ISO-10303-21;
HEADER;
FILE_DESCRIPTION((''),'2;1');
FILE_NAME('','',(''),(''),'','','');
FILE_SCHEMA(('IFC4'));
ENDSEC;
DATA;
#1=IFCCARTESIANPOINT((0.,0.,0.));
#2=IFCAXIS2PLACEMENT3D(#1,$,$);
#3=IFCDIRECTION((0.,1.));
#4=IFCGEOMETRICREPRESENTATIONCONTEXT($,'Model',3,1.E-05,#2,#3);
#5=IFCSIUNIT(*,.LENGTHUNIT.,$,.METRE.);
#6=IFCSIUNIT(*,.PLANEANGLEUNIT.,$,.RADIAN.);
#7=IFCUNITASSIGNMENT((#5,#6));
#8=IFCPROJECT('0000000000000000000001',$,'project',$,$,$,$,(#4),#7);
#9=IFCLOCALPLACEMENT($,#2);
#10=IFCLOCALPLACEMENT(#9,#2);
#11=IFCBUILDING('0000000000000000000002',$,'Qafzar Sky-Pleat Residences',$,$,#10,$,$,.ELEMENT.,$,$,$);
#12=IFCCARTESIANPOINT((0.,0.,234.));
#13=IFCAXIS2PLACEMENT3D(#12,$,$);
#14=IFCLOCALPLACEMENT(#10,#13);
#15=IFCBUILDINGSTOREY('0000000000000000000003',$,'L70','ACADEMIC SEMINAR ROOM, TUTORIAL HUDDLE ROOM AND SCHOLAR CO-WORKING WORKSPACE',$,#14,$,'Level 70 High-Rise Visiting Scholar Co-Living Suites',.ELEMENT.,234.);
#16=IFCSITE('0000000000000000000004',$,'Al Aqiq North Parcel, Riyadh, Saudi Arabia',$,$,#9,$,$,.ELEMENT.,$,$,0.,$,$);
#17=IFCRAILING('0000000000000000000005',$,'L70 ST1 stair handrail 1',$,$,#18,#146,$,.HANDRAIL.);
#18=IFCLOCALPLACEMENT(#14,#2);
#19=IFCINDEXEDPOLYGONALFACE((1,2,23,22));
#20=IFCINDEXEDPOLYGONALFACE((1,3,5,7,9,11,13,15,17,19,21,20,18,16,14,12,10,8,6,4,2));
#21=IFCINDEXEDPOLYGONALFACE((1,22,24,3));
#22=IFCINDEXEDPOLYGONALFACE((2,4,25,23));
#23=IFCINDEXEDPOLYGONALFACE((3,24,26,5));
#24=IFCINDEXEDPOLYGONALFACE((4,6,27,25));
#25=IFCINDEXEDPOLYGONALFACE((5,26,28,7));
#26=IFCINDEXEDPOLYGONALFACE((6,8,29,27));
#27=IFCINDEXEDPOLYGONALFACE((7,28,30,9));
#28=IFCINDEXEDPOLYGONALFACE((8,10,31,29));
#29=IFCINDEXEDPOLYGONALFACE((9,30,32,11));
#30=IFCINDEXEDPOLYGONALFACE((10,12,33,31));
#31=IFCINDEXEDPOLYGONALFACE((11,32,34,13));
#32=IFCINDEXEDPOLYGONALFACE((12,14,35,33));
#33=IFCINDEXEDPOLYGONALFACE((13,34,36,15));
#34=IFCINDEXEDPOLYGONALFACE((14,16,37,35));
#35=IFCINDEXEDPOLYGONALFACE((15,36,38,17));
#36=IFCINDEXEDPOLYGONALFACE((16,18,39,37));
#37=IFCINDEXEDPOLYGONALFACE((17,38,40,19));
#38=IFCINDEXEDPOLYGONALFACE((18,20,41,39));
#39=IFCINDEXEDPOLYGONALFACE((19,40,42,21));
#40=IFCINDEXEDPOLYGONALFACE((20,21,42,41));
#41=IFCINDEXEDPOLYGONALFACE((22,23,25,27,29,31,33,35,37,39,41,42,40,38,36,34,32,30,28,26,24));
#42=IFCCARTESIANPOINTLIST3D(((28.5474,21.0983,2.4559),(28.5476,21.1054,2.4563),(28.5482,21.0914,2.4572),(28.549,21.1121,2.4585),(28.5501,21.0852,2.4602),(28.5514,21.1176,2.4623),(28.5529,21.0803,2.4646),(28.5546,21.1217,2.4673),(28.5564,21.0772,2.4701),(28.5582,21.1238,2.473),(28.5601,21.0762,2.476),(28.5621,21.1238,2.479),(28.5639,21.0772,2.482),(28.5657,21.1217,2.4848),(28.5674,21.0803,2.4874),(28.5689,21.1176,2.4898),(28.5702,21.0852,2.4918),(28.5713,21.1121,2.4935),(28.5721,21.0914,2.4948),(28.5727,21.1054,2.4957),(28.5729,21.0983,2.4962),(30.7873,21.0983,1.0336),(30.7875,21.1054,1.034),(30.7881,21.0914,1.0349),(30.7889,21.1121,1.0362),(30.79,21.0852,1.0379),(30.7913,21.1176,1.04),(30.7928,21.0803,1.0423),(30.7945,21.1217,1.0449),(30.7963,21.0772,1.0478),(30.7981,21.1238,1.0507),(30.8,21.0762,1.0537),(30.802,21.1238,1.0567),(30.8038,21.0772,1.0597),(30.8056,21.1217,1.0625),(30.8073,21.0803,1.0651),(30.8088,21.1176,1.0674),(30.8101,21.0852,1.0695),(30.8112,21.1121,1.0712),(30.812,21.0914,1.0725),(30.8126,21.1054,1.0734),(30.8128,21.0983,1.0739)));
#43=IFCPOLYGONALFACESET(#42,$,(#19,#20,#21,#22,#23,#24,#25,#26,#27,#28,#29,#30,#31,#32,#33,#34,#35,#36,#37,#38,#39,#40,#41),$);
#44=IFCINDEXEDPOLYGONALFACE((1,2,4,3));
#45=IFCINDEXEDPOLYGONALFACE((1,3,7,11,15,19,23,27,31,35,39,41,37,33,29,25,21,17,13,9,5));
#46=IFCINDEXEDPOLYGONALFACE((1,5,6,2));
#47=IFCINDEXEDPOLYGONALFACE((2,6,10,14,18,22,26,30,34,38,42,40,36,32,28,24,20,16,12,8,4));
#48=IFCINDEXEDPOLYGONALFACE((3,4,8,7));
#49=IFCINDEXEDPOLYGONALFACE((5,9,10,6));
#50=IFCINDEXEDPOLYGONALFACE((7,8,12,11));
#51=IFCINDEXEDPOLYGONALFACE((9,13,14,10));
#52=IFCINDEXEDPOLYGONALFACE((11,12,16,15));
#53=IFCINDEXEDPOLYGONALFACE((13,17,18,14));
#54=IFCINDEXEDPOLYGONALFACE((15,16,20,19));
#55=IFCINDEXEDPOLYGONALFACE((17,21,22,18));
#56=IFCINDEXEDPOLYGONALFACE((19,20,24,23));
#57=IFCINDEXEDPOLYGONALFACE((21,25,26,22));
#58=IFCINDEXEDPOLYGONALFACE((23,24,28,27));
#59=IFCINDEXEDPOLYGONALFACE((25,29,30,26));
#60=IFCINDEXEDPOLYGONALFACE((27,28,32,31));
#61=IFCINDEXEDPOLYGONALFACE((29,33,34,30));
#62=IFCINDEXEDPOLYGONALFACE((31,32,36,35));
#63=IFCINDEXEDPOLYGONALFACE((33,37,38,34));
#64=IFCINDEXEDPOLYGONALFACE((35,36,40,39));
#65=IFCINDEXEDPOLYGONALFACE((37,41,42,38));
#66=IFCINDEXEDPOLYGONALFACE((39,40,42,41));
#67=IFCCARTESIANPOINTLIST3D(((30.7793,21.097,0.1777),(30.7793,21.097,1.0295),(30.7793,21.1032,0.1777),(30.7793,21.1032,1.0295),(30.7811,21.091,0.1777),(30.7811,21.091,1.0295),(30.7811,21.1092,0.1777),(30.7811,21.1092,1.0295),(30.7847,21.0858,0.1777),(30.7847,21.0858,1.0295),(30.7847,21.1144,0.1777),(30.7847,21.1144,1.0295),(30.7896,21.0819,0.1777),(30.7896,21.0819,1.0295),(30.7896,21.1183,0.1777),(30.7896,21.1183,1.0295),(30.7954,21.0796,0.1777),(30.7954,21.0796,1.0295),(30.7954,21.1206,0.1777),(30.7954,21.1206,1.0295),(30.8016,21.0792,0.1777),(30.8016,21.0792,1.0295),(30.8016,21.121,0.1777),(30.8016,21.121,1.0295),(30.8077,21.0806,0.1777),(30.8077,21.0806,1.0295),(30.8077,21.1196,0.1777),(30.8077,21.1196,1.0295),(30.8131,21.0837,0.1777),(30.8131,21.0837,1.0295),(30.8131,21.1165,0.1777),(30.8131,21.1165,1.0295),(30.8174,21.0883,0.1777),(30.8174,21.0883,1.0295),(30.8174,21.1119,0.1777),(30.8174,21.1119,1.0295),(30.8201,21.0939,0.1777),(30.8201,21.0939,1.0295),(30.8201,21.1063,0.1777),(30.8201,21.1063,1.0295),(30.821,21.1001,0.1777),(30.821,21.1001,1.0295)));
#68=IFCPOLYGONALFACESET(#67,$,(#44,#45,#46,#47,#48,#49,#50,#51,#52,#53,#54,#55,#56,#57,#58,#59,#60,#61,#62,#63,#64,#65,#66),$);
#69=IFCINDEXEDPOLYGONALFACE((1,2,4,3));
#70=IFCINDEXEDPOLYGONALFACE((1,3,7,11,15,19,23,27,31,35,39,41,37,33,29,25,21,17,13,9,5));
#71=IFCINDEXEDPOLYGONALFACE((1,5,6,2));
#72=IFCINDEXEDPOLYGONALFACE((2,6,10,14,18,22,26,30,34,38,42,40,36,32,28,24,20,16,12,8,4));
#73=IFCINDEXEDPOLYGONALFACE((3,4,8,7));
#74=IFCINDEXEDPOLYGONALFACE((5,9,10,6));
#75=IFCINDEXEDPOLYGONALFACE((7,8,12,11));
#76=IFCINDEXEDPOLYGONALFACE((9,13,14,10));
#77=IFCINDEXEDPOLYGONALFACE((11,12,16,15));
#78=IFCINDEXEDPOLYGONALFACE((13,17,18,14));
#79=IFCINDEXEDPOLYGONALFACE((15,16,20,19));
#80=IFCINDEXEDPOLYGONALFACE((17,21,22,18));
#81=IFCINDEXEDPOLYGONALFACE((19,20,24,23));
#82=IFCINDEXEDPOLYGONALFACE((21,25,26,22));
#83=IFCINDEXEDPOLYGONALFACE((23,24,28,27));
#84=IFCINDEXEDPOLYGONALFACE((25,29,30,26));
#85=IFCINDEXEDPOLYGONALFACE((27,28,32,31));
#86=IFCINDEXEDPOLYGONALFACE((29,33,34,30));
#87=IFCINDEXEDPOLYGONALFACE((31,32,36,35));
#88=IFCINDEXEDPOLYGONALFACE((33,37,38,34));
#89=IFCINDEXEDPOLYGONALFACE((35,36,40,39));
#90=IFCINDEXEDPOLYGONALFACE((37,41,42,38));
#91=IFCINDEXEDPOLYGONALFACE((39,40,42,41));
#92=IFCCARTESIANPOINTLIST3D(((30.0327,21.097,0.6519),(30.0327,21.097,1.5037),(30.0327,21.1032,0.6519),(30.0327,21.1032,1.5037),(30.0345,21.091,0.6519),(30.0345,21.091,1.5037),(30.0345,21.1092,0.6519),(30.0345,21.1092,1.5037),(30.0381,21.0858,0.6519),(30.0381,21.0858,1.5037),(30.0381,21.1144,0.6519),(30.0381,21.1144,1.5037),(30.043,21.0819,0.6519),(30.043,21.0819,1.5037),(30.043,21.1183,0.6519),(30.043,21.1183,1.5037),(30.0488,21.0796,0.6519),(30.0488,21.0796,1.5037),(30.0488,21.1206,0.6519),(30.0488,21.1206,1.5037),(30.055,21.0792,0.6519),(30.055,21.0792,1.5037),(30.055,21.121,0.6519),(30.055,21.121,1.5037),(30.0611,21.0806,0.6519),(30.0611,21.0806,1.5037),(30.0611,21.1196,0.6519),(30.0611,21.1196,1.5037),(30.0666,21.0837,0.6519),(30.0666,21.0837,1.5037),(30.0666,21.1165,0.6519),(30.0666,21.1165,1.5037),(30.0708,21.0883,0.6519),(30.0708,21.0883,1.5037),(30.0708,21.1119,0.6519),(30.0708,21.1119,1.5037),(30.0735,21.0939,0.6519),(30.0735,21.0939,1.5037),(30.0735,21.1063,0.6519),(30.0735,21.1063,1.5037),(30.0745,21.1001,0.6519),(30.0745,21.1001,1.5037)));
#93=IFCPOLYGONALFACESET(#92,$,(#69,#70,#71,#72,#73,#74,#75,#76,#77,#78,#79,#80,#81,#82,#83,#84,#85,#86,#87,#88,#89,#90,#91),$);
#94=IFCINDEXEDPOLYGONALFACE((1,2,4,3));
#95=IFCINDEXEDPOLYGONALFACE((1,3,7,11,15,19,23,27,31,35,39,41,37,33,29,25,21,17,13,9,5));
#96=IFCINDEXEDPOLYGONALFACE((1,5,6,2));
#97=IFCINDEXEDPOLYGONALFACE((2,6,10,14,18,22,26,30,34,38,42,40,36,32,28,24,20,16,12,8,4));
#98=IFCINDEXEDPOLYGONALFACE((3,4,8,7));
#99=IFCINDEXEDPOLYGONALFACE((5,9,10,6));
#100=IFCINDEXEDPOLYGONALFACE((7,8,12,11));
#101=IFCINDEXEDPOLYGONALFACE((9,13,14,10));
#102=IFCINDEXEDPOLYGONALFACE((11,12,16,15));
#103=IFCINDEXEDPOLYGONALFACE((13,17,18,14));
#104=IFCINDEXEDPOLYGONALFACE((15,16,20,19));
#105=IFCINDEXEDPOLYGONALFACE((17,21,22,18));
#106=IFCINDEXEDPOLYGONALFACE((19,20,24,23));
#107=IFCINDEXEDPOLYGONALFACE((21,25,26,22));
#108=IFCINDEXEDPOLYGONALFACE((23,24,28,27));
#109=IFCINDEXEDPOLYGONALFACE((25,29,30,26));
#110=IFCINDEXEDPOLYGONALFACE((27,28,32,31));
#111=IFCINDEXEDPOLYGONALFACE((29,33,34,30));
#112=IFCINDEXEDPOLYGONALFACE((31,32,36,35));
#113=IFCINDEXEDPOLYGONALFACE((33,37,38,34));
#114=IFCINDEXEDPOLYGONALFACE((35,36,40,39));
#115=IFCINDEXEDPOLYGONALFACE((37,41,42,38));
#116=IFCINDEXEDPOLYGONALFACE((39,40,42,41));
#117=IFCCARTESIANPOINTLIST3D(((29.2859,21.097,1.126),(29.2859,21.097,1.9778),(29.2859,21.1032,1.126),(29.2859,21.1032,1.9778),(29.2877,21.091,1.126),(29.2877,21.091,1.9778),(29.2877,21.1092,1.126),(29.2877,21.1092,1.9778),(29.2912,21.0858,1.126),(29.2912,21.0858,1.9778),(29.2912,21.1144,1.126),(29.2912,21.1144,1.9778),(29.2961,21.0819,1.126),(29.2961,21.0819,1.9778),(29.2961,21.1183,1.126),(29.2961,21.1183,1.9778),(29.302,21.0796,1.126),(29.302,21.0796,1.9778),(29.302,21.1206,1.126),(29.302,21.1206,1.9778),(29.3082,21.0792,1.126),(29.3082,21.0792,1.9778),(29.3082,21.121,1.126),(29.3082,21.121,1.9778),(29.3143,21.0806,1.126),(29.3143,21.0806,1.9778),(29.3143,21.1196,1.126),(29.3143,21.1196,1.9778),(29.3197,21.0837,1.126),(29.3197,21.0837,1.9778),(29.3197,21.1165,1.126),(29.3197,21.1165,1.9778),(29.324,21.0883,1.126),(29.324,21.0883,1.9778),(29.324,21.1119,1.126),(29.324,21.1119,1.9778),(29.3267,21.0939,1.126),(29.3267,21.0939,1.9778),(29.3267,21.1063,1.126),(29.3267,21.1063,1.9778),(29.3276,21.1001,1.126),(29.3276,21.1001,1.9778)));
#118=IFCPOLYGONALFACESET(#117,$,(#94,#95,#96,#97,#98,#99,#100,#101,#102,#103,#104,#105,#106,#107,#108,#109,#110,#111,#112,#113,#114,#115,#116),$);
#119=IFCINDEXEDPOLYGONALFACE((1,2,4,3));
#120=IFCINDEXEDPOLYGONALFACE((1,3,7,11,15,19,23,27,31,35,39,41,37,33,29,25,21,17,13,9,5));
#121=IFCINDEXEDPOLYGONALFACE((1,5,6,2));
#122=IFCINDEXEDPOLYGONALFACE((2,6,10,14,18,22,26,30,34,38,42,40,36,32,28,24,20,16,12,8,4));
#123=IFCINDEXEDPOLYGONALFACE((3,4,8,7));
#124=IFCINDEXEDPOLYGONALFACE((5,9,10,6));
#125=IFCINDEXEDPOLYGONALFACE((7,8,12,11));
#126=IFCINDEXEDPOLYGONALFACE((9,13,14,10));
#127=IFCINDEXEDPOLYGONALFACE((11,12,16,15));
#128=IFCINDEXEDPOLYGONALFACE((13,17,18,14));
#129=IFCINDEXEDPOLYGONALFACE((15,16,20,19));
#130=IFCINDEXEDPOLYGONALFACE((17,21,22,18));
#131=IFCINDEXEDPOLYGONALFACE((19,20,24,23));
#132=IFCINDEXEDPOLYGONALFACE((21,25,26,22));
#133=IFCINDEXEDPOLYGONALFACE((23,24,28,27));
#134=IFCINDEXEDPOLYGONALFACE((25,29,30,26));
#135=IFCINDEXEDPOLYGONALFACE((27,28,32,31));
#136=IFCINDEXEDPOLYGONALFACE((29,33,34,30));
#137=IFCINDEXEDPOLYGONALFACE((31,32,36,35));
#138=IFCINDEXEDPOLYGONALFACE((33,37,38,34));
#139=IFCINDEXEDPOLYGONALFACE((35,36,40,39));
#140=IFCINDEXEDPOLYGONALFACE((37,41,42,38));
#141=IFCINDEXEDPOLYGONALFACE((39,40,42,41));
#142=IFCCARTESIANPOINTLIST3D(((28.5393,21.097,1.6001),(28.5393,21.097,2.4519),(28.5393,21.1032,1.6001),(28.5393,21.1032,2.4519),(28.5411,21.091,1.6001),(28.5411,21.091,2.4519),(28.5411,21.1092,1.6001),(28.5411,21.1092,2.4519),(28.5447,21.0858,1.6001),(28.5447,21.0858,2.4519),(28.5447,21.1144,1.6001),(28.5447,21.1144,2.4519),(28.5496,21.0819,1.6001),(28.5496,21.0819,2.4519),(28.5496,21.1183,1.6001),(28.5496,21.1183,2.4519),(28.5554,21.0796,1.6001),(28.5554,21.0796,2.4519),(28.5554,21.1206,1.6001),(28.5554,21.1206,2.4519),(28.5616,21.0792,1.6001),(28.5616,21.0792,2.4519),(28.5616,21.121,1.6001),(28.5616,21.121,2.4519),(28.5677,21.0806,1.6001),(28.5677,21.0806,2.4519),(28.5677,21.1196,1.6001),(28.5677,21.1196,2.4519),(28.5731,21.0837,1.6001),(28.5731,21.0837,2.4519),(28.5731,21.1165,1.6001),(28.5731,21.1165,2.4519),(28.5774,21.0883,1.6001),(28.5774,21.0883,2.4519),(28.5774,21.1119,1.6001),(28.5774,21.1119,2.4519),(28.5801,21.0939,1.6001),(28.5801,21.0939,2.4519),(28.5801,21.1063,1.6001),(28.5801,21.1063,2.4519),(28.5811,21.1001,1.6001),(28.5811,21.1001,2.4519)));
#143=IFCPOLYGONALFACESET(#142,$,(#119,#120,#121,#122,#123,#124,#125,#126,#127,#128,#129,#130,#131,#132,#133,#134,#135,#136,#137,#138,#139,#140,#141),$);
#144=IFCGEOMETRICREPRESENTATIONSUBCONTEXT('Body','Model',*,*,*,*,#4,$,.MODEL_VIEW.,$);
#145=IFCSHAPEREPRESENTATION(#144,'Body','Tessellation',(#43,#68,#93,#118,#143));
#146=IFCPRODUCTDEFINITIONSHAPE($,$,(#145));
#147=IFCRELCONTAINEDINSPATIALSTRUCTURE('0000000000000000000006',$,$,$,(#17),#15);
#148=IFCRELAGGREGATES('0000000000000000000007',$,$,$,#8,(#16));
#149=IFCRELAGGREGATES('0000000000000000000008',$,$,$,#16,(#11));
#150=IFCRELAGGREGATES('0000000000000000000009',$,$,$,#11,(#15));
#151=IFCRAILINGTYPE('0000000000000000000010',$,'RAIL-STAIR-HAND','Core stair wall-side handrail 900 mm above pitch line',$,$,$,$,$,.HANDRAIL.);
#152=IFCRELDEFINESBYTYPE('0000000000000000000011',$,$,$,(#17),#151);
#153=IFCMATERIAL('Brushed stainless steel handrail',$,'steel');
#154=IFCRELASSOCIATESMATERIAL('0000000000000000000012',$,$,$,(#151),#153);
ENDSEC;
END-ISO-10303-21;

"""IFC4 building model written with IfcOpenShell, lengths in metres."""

from ifc_helpers import new_model, si_unit, direction, frame, origin, origin_2d, place, context, subcontext, project, spatial, circle, extrude, source, transform, mapped, material, type_object, element, save


model = new_model("IFC4")

# Units and contexts
model_context = context("Model", 3, precision=1e-05, world=origin(), true_north=direction((0.0, 1.0)))
body_context = subcontext(model_context, "Body", "Model", "MODEL_VIEW")
ifc_project = project(units=[si_unit("LENGTHUNIT", "METRE"), si_unit("PLANEANGLEUNIT", "RADIAN")], contexts=[model_context])

# Site, building, storey
site_placement = place(None, origin())
site = spatial("IfcSite", under=ifc_project, at=site_placement, Name="Al Aqiq North Parcel, Riyadh, Saudi Arabia", CompositionType="ELEMENT", RefElevation=0.0)
building_placement = place(site_placement, origin())
building = spatial("IfcBuilding", under=site, at=building_placement, Name="Qafzar Sky-Pleat Residences", CompositionType="ELEMENT")
storey_placement = place(building_placement, frame((0.0, 0.0, 234.0)))
storey = spatial("IfcBuildingStorey", under=building, at=storey_placement, Name="L70", Description="ACADEMIC SEMINAR ROOM, TUTORIAL HUDDLE ROOM AND SCHOLAR CO-WORKING WORKSPACE", LongName="Level 70 High-Rise Visiting Scholar Co-Living Suites", CompositionType="ELEMENT", Elevation=234.0)

# Railing
ifc_material_1 = material(Name="Brushed stainless steel handrail", Category="steel")
railing_type_1 = type_object("IfcRailingType", Name="RAIL-STAIR-HAND", Description="Core stair wall-side handrail 900 mm above pitch line", PredefinedType="HANDRAIL", material=ifc_material_1)
shared_shape_1 = source(origin(), body_context, "Body", "SweptSolid", [
    extrude(circle(Radius=0.0239, at=origin_2d()), frame((0.0, 0.0, 0.876), z_axis=(-0.844188, 0.0, 0.536048), x_axis=(0.0, -1.0, 0.0)), (0.0, 0.0, 1.0), 2.6533),
    extrude(circle(Radius=0.021, at=origin_2d()), origin(), (0.0, 0.0, 1.0), 0.8518),
    extrude(circle(Radius=0.021, at=origin_2d()), frame((-0.7466, 0.0, 0.4741)), (0.0, 0.0, 1.0), 0.8518),
    extrude(circle(Radius=0.021, at=origin_2d()), frame((-1.4934, 0.0, 0.9482)), (0.0, 0.0, 1.0), 0.8518),
    extrude(circle(Radius=0.021, at=origin_2d()), frame((-2.24, 0.0, 1.4224)), (0.0, 0.0, 1.0), 0.8518),
])
railing_1_placement = place(storey_placement, frame((30.8, 21.1001, 0.1777)))
element("IfcRailing", 1, at=railing_1_placement, inside=storey, type_object=railing_type_1, Name="L70 ST1 stair handrail 1", PredefinedType="HANDRAIL", context=body_context, shape_type="MappedRepresentation", body=[
    mapped(shared_shape_1, transform((0.0, 0.0, 0.0), x_axis=(1.0, 0.0, 0.0), y_axis=(0.0, 1.0, 0.0), z_axis=(0.0, 0.0, 1.0), scale=1.0)),
])

save(model, "model.ifc")
